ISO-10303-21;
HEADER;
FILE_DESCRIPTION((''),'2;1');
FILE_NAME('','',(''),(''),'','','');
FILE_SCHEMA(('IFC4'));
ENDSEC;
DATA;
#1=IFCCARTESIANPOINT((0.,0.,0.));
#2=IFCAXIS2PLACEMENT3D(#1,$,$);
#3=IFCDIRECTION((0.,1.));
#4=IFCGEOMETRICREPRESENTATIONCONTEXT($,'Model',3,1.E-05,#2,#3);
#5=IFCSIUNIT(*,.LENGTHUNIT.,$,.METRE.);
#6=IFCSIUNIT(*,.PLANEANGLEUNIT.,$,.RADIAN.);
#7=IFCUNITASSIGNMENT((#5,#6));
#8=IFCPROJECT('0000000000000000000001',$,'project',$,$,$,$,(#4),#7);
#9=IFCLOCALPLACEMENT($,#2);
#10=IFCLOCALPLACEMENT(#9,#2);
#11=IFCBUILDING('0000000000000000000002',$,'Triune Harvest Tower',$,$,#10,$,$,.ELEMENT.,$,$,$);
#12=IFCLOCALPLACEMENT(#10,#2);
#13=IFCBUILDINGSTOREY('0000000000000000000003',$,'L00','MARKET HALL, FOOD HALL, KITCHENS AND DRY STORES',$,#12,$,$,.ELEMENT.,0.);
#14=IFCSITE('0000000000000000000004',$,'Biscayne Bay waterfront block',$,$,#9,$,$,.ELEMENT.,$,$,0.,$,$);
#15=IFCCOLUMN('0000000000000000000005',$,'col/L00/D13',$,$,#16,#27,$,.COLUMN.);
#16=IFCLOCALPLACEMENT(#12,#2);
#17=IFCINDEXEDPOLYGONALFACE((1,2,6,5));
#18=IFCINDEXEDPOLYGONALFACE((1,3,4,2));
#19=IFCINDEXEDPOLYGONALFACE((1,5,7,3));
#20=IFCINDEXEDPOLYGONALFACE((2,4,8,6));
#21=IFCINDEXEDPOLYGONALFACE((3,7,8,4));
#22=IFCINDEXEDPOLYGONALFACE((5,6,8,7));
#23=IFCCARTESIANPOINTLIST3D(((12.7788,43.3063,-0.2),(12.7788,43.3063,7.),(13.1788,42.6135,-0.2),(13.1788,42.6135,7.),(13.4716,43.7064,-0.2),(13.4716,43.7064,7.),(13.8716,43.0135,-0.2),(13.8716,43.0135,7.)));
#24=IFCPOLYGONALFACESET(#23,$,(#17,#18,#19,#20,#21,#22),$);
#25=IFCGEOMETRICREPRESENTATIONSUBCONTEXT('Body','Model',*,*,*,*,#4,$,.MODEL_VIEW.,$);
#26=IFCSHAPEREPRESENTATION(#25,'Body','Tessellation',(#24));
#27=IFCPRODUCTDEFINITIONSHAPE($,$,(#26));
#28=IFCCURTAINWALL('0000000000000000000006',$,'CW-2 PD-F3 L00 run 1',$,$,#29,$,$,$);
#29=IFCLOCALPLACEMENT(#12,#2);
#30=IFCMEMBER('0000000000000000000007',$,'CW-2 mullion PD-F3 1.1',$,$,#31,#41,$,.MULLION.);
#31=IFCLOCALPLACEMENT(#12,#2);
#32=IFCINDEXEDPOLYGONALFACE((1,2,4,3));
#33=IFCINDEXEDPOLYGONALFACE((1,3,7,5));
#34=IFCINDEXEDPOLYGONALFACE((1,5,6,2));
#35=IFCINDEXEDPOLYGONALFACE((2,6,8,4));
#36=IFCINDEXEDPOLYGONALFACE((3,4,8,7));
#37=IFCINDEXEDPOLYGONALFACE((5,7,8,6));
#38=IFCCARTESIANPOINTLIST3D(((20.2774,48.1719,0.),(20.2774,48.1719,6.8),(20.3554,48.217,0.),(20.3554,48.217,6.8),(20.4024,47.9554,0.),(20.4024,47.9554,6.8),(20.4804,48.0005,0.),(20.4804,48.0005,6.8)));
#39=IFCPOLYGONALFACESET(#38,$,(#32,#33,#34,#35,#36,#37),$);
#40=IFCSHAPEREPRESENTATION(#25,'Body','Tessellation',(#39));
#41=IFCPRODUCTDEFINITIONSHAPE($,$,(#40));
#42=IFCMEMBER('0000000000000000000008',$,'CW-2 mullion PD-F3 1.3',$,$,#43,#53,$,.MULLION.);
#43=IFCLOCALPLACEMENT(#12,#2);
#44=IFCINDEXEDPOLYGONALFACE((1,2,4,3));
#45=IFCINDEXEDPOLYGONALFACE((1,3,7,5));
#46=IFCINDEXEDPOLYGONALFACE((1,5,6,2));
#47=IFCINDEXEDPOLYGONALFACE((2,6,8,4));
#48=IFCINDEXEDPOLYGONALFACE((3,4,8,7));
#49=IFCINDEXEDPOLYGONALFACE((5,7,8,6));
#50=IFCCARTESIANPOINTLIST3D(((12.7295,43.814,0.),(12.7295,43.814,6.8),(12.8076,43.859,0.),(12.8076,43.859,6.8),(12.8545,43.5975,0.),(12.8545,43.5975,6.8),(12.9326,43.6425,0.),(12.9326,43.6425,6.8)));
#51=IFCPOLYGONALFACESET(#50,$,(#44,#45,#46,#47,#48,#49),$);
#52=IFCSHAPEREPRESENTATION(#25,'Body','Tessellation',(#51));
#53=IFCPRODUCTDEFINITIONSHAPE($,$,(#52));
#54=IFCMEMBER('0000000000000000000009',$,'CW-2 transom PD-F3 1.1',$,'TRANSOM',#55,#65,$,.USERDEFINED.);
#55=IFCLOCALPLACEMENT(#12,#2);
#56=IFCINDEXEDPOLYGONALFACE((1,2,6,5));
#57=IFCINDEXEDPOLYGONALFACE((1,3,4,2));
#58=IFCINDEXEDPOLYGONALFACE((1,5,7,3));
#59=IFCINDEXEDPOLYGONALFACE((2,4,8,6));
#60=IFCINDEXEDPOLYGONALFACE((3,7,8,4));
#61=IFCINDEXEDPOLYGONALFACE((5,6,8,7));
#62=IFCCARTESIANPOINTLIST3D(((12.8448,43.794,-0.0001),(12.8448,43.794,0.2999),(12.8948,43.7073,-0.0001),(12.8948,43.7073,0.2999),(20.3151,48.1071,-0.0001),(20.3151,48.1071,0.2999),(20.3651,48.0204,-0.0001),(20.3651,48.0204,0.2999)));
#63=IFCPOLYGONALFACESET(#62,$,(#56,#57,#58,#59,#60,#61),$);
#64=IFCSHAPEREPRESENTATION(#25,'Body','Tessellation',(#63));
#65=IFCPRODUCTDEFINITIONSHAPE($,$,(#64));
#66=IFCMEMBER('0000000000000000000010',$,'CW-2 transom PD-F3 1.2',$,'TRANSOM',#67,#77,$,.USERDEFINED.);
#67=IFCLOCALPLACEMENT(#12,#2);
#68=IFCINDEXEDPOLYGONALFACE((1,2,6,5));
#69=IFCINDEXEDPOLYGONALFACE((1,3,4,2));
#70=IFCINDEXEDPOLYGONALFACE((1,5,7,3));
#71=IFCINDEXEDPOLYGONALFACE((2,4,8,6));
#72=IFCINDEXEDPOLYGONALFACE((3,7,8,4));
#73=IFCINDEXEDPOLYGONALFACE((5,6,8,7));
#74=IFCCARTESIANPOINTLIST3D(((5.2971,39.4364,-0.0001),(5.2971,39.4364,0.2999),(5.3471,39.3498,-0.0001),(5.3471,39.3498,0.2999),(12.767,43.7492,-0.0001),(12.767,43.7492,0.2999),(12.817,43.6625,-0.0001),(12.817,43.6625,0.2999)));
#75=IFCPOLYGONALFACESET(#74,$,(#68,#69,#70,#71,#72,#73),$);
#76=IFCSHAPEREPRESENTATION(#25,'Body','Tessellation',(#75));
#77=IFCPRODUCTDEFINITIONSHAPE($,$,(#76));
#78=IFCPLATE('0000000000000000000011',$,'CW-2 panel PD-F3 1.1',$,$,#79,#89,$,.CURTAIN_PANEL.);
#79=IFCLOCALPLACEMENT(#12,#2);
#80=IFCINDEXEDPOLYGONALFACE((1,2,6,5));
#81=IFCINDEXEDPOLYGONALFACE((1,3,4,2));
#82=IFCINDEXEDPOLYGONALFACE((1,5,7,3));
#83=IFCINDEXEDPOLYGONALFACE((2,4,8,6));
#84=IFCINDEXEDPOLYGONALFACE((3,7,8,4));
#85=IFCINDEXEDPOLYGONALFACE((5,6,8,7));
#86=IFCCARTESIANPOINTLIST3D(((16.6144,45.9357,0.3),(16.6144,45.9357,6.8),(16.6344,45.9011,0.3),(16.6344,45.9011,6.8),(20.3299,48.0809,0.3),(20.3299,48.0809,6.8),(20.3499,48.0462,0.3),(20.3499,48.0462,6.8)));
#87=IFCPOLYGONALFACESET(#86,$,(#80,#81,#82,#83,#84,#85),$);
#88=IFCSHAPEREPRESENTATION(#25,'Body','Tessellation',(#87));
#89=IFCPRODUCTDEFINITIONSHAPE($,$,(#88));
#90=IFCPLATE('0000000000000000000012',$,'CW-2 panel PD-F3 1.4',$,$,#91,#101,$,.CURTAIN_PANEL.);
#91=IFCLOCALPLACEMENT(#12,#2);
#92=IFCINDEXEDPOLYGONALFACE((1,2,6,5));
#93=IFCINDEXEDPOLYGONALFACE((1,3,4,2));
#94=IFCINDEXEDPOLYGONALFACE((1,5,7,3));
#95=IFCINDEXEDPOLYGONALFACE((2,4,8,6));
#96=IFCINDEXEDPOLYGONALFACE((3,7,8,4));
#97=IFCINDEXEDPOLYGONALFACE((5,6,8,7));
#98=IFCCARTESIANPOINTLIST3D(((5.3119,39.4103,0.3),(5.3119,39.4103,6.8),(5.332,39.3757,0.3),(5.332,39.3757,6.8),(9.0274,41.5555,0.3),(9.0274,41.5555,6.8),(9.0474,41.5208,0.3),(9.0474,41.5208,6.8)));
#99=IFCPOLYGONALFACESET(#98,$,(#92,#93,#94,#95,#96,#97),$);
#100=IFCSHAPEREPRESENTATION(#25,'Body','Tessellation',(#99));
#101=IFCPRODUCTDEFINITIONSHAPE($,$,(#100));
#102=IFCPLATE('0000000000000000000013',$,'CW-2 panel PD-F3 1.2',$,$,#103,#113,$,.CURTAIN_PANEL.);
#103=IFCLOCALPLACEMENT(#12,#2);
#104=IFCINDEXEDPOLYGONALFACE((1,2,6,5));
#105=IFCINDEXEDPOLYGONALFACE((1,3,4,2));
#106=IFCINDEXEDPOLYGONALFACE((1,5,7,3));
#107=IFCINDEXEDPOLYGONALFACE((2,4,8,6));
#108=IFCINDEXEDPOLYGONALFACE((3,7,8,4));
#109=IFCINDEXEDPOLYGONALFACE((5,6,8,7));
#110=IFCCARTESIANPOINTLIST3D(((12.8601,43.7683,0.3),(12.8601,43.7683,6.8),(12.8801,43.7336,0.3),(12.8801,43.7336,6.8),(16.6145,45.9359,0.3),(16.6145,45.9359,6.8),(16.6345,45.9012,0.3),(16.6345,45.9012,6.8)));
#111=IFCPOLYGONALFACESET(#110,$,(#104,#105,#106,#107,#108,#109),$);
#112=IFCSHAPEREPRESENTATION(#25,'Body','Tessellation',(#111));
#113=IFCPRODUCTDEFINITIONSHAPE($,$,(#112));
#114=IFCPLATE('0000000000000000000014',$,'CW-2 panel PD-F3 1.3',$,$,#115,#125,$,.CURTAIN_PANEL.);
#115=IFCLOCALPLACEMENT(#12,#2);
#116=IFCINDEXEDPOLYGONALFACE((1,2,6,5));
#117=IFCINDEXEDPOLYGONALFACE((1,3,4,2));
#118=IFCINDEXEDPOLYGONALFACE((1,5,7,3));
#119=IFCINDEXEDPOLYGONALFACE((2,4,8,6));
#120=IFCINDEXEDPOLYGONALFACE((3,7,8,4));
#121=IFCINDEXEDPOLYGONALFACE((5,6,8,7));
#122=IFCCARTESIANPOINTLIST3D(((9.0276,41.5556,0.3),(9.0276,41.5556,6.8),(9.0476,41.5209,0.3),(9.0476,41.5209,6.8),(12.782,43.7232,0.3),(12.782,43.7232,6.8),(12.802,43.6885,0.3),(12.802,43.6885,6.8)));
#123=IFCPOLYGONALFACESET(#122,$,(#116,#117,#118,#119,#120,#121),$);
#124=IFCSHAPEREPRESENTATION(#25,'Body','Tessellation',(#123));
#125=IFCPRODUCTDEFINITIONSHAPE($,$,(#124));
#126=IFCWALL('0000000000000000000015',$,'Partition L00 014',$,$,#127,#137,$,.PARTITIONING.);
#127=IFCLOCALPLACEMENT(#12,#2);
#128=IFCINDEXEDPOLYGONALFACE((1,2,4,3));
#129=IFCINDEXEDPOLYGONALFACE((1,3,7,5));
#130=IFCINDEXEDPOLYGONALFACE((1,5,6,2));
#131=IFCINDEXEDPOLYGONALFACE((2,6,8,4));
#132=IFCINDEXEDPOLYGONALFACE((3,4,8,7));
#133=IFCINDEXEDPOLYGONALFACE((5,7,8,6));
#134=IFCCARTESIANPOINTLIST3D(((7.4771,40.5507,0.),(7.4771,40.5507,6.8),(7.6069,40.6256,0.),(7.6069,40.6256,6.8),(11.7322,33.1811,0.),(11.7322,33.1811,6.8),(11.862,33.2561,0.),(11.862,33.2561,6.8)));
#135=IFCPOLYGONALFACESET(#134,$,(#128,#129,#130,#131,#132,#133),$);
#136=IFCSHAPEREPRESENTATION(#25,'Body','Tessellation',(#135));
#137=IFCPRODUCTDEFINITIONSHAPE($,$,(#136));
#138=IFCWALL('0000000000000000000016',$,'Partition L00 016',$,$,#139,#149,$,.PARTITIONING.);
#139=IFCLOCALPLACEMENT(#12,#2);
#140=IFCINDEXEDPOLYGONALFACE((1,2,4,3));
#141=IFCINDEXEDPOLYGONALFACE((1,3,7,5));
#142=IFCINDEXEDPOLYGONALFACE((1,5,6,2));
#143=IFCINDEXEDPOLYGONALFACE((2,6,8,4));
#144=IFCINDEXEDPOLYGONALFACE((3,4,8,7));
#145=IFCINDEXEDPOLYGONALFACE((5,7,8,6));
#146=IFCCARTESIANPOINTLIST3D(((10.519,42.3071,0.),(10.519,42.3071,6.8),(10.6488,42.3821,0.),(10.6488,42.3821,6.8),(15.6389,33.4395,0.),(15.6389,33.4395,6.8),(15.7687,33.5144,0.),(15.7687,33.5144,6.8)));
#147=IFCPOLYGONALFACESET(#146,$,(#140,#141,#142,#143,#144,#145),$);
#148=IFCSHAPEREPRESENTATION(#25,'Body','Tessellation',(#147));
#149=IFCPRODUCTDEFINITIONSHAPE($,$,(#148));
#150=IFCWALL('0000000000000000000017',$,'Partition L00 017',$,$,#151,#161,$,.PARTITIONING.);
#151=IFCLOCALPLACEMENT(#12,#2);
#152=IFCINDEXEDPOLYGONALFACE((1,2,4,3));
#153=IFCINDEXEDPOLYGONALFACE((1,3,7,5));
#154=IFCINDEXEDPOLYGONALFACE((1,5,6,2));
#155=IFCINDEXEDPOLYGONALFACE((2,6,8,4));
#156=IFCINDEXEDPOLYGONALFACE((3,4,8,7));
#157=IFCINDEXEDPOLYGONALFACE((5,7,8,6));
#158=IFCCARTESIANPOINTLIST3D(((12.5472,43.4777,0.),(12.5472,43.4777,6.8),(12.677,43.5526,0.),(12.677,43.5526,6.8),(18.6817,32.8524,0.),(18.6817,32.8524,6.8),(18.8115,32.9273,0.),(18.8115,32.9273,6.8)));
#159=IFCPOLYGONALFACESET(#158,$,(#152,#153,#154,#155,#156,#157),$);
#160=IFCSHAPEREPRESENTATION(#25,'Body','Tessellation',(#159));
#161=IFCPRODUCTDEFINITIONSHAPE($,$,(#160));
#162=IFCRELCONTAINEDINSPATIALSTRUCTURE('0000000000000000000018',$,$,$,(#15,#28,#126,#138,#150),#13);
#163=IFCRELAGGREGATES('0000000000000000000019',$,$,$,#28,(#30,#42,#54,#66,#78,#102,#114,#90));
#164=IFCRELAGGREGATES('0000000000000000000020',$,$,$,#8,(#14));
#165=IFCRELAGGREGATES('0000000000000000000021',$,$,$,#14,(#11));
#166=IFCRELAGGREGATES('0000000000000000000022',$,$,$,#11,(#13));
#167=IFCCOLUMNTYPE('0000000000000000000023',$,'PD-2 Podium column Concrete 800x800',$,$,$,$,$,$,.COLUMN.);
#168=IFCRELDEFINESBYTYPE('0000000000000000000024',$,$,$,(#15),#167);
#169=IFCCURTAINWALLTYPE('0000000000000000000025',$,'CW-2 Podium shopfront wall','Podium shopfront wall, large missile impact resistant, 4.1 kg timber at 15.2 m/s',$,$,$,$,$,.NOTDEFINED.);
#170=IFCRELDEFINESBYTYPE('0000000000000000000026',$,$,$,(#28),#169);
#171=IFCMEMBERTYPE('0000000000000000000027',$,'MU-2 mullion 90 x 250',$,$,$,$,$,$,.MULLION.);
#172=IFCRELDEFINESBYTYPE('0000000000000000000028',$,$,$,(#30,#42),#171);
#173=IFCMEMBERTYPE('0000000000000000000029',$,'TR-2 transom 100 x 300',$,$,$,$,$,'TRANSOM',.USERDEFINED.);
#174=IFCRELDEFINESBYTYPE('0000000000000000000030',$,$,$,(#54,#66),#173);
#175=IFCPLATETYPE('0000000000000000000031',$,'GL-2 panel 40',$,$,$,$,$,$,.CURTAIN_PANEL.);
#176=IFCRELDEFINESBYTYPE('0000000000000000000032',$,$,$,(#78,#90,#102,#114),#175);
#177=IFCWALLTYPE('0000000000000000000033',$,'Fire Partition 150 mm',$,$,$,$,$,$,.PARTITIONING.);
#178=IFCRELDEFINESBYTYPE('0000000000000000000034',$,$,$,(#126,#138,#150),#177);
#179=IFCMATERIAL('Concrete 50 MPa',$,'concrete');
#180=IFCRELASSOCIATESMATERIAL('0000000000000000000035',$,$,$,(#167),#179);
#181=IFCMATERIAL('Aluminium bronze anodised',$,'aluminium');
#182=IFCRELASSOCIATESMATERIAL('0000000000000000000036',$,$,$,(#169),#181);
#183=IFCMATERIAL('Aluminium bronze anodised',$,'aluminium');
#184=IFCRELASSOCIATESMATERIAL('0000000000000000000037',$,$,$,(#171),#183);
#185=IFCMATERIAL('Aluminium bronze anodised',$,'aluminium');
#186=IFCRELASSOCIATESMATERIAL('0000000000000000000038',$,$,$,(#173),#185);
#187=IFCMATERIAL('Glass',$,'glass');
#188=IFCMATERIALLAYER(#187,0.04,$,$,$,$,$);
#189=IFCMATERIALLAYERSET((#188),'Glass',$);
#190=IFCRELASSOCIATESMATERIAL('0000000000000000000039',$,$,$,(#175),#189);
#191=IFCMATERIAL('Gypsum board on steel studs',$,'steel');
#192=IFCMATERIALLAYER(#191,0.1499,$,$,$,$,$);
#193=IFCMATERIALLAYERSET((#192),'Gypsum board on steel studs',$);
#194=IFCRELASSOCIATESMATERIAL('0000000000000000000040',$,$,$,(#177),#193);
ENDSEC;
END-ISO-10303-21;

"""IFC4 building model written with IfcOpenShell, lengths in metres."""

from ifc_helpers import new_model, si_unit, direction, frame, frame_2d, origin, origin_2d, place, context, subcontext, project, spatial, rectangle, extrude, source, transform, mapped, material, layer, layer_set, material_profile, profile_set, type_object, element, aggregate, save


model = new_model("IFC4")

# Units and contexts
model_context = context("Model", 3, precision=1e-05, world=origin(), true_north=direction((0.0, 1.0)))
body_context = subcontext(model_context, "Body", "Model", "MODEL_VIEW")
ifc_project = project(units=[si_unit("LENGTHUNIT", "METRE"), si_unit("PLANEANGLEUNIT", "RADIAN")], contexts=[model_context])

# Site, building, storey
site_placement = place(None, origin())
site = spatial("IfcSite", under=ifc_project, at=site_placement, Name="Biscayne Bay waterfront block", CompositionType="ELEMENT", RefElevation=0.0)
building_placement = place(site_placement, origin())
building = spatial("IfcBuilding", under=site, at=building_placement, Name="Triune Harvest Tower", CompositionType="ELEMENT")
storey_placement = place(building_placement, origin())
storey = spatial("IfcBuildingStorey", under=building, at=storey_placement, Name="L00", Description="MARKET HALL, FOOD HALL, KITCHENS AND DRY STORES", CompositionType="ELEMENT", Elevation=0.0)

# Column
ifc_material_1 = material(Name="Concrete 50 MPa", Category="concrete")
ifc_material_profile_1 = material_profile(ifc_material_1, rectangle(XDim=0.8, YDim=0.8, at=origin_2d()), Name="Concrete 800x800")
ifc_profile_set_1 = profile_set([ifc_material_profile_1], Name="Concrete 50 MPa")
column_type = type_object("IfcColumnType", Name="PD-2 Podium column Concrete 800x800", PredefinedType="COLUMN", material=ifc_profile_set_1)
shared_shape_1 = source(origin(), body_context, "Body", "SweptSolid", [
    extrude(rectangle(XDim=0.8, YDim=0.8, at=origin_2d()), origin(), (0.0, 0.0, 1.0), 7.2),
])
column_placement = place(storey_placement, frame((13.3252, 43.1599, -0.2), z_axis=(0.0, 0.0, 1.0), x_axis=(-0.866025, -0.5, 0.0)))
element("IfcColumn", 1, at=column_placement, inside=storey, type_object=column_type, Name="col/L00/D13", PredefinedType="COLUMN", context=body_context, shape_type="MappedRepresentation", body=[
    mapped(shared_shape_1, transform((0.0, 0.0, 0.0), scale=1.0)),
])

# Curtain wall, members, plates
ifc_material_2 = material(Name="Aluminium bronze anodised", Category="aluminium")
curtain_wall_type = type_object("IfcCurtainWallType", Name="CW-2 Podium shopfront wall", Description="Podium shopfront wall, large missile impact resistant, 4.1 kg timber at 15.2 m/s", PredefinedType="NOTDEFINED", material=ifc_material_2)
curtain_wall_placement = place(storey_placement, origin())
curtain_wall = element("IfcCurtainWall", 2, at=curtain_wall_placement, inside=storey, type_object=curtain_wall_type, Name="CW-2 PD-F3 L00 run 1")
ifc_material_3 = material(Name="Aluminium bronze anodised", Category="aluminium")
ifc_material_profile_2 = material_profile(ifc_material_3, rectangle(XDim=0.25, YDim=0.0901, at=origin_2d()), Name="MU-2 mullion 90 x 250")
ifc_profile_set_2 = profile_set([ifc_material_profile_2], Name="Aluminium bronze anodised")
member_type_1 = type_object("IfcMemberType", Name="MU-2 mullion 90 x 250", PredefinedType="MULLION", material=ifc_profile_set_2)
shared_shape_2 = source(origin(), body_context, "Body", "SweptSolid", [
    extrude(rectangle(XDim=0.25, YDim=0.0901, at=origin_2d()), origin(), (0.0, 0.0, 1.0), 6.8),
])
member_1_placement = place(storey_placement, frame((20.3789, 48.0862, 0.0), z_axis=(0.0, 0.0, 1.0), x_axis=(0.5, -0.866025, 0.0)))
member_1 = element("IfcMember", 3, at=member_1_placement, type_object=member_type_1, Name="CW-2 mullion PD-F3 1.1", PredefinedType="MULLION", context=body_context, shape_type="MappedRepresentation", body=[
    mapped(shared_shape_2, transform((0.0, 0.0, 0.0), scale=1.0)),
])
member_2_placement = place(storey_placement, frame((12.8311, 43.7283, 0.0), z_axis=(0.0, 0.0, 1.0), x_axis=(0.5, -0.866025, 0.0)))
member_2 = element("IfcMember", 4, at=member_2_placement, type_object=member_type_1, Name="CW-2 mullion PD-F3 1.3", PredefinedType="MULLION", context=body_context, shape_type="MappedRepresentation", body=[
    mapped(shared_shape_2, transform((0.0, 0.0, 0.0), scale=1.0)),
])
ifc_material_4 = material(Name="Aluminium bronze anodised", Category="aluminium")
ifc_material_profile_3 = material_profile(ifc_material_4, rectangle(XDim=0.1001, YDim=0.3, at=origin_2d()), Name="TR-2 transom 100 x 300")
ifc_profile_set_3 = profile_set([ifc_material_profile_3], Name="Aluminium bronze anodised")
member_type_2 = type_object("IfcMemberType", Name="TR-2 transom 100 x 300", ElementType="TRANSOM", PredefinedType="USERDEFINED", material=ifc_profile_set_3)
shared_shape_3 = source(origin(), body_context, "Body", "SweptSolid", [
    extrude(rectangle(XDim=0.1001, YDim=0.3, at=origin_2d()), origin(), (0.0, 0.0, 1.0), 8.626),
])
member_3_placement = place(storey_placement, frame((20.3401, 48.0637, 0.1499), z_axis=(-0.866023, -0.500005, 0.0), x_axis=(0.500005, -0.866023, 0.0)))
member_3 = element("IfcMember", 5, at=member_3_placement, type_object=member_type_2, Name="CW-2 transom PD-F3 1.1", ObjectType="TRANSOM", PredefinedType="USERDEFINED", context=body_context, shape_type="MappedRepresentation", body=[
    mapped(shared_shape_3, transform((0.0, 0.0, 0.0), scale=1.0)),
])
shared_shape_4 = source(origin(), body_context, "Body", "SweptSolid", [
    extrude(rectangle(XDim=0.1001, YDim=0.3, at=origin_2d()), origin(), (0.0, 0.0, 1.0), 8.6255),
])
member_4_placement = place(storey_placement, frame((12.792, 43.7058, 0.1499), z_axis=(-0.866028, -0.499996, 0.0), x_axis=(0.499996, -0.866028, 0.0)))
member_4 = element("IfcMember", 6, at=member_4_placement, type_object=member_type_2, Name="CW-2 transom PD-F3 1.2", ObjectType="TRANSOM", PredefinedType="USERDEFINED", context=body_context, shape_type="MappedRepresentation", body=[
    mapped(shared_shape_4, transform((0.0, 0.0, 0.0), scale=1.0)),
])
ifc_material_5 = material(Name="Glass", Category="glass")
ifc_layer_1 = layer(ifc_material_5, 0.04)
ifc_layer_set_1 = layer_set([ifc_layer_1], Name="Glass")
plate_type = type_object("IfcPlateType", Name="GL-2 panel 40", PredefinedType="CURTAIN_PANEL", material=ifc_layer_set_1)
shared_shape_5 = source(origin(), body_context, "Body", "SweptSolid", [
    extrude(rectangle(XDim=4.2903, YDim=0.04, at=origin_2d()), origin(), (0.0, 0.0, 1.0), 6.5),
])
plate_1_placement = place(storey_placement, frame((18.4822, 46.991, 0.3), z_axis=(0.0, 0.0, 1.0), x_axis=(-0.866025, -0.5, 0.0)))
plate_1 = element("IfcPlate", 7, at=plate_1_placement, type_object=plate_type, Name="CW-2 panel PD-F3 1.1", PredefinedType="CURTAIN_PANEL", context=body_context, shape_type="MappedRepresentation", body=[
    mapped(shared_shape_5, transform((0.0, 0.0, 0.0), scale=1.0)),
])
plate_2_placement = place(storey_placement, frame((7.1797, 40.4656, 0.3), z_axis=(0.0, 0.0, 1.0), x_axis=(-0.866025, -0.5, 0.0)))
plate_2 = element("IfcPlate", 8, at=plate_2_placement, type_object=plate_type, Name="CW-2 panel PD-F3 1.4", PredefinedType="CURTAIN_PANEL", context=body_context, shape_type="MappedRepresentation", body=[
    mapped(shared_shape_5, transform((0.0, 0.0, 0.0), scale=1.0)),
])
shared_shape_6 = source(origin(), body_context, "Body", "SweptSolid", [
    extrude(rectangle(XDim=4.3352, YDim=0.04, at=origin_2d()), origin(), (0.0, 0.0, 1.0), 6.5),
])
plate_3_placement = place(storey_placement, frame((14.7473, 44.8347, 0.3), z_axis=(0.0, 0.0, 1.0), x_axis=(-0.866025, -0.5, 0.0)))
plate_3 = element("IfcPlate", 9, at=plate_3_placement, type_object=plate_type, Name="CW-2 panel PD-F3 1.2", PredefinedType="CURTAIN_PANEL", context=body_context, shape_type="MappedRepresentation", body=[
    mapped(shared_shape_6, transform((0.0, 0.0, 0.0), scale=1.0)),
])
plate_4_placement = place(storey_placement, frame((10.9148, 42.6221, 0.3), z_axis=(0.0, 0.0, 1.0), x_axis=(-0.866025, -0.5, 0.0)))
plate_4 = element("IfcPlate", 10, at=plate_4_placement, type_object=plate_type, Name="CW-2 panel PD-F3 1.3", PredefinedType="CURTAIN_PANEL", context=body_context, shape_type="MappedRepresentation", body=[
    mapped(shared_shape_6, transform((0.0, 0.0, 0.0), scale=1.0)),
])
aggregate(curtain_wall, [member_1, member_2, member_3, member_4, plate_1, plate_3, plate_4, plate_2])

# Walls
ifc_material_6 = material(Name="Gypsum board on steel studs", Category="steel")
ifc_layer_2 = layer(ifc_material_6, 0.1499)
ifc_layer_set_2 = layer_set([ifc_layer_2], Name="Gypsum board on steel studs")
wall_type_1 = type_object("IfcWallType", Name="Fire Partition 150 mm", PredefinedType="PARTITIONING", material=ifc_layer_set_2)
wall_1_placement = place(storey_placement, frame((7.542, 40.5881, 0.0), z_axis=(0.0, 0.0, 1.0), x_axis=(0.500024, -0.866012, 0.0)))
element("IfcWall", 11, at=wall_1_placement, inside=storey, type_object=wall_type_1, Name="Partition L00 014", PredefinedType="PARTITIONING", context=body_context, shape_type="SweptSolid", body=[
    extrude(rectangle(XDim=8.5098, YDim=0.1499, at=frame_2d((4.2549, 0.0))), origin(), (0.0, 0.0, 1.0), 6.8),
])
wall_2_placement = place(storey_placement, frame((10.584, 42.3445, 0.0), z_axis=(0.0, 0.0, 1.0), x_axis=(0.500009, -0.86602, 0.0)))
element("IfcWall", 12, at=wall_2_placement, inside=storey, type_object=wall_type_1, Name="Partition L00 016", PredefinedType="PARTITIONING", context=body_context, shape_type="SweptSolid", body=[
    extrude(rectangle(XDim=10.2395, YDim=0.1499, at=frame_2d((5.1196, 0.0))), origin(), (0.0, 0.0, 1.0), 6.8),
])
wall_3_placement = place(storey_placement, frame((12.6121, 43.5151, 0.0), z_axis=(0.0, 0.0, 1.0), x_axis=(0.500002, -0.866024, 0.0)))
element("IfcWall", 13, at=wall_3_placement, inside=storey, type_object=wall_type_1, Name="Partition L00 017", PredefinedType="PARTITIONING", context=body_context, shape_type="SweptSolid", body=[
    extrude(rectangle(XDim=12.269, YDim=0.1499, at=frame_2d((6.1345, 0.0))), origin(), (0.0, 0.0, 1.0), 6.8),
])

save(model, "model.ifc")
